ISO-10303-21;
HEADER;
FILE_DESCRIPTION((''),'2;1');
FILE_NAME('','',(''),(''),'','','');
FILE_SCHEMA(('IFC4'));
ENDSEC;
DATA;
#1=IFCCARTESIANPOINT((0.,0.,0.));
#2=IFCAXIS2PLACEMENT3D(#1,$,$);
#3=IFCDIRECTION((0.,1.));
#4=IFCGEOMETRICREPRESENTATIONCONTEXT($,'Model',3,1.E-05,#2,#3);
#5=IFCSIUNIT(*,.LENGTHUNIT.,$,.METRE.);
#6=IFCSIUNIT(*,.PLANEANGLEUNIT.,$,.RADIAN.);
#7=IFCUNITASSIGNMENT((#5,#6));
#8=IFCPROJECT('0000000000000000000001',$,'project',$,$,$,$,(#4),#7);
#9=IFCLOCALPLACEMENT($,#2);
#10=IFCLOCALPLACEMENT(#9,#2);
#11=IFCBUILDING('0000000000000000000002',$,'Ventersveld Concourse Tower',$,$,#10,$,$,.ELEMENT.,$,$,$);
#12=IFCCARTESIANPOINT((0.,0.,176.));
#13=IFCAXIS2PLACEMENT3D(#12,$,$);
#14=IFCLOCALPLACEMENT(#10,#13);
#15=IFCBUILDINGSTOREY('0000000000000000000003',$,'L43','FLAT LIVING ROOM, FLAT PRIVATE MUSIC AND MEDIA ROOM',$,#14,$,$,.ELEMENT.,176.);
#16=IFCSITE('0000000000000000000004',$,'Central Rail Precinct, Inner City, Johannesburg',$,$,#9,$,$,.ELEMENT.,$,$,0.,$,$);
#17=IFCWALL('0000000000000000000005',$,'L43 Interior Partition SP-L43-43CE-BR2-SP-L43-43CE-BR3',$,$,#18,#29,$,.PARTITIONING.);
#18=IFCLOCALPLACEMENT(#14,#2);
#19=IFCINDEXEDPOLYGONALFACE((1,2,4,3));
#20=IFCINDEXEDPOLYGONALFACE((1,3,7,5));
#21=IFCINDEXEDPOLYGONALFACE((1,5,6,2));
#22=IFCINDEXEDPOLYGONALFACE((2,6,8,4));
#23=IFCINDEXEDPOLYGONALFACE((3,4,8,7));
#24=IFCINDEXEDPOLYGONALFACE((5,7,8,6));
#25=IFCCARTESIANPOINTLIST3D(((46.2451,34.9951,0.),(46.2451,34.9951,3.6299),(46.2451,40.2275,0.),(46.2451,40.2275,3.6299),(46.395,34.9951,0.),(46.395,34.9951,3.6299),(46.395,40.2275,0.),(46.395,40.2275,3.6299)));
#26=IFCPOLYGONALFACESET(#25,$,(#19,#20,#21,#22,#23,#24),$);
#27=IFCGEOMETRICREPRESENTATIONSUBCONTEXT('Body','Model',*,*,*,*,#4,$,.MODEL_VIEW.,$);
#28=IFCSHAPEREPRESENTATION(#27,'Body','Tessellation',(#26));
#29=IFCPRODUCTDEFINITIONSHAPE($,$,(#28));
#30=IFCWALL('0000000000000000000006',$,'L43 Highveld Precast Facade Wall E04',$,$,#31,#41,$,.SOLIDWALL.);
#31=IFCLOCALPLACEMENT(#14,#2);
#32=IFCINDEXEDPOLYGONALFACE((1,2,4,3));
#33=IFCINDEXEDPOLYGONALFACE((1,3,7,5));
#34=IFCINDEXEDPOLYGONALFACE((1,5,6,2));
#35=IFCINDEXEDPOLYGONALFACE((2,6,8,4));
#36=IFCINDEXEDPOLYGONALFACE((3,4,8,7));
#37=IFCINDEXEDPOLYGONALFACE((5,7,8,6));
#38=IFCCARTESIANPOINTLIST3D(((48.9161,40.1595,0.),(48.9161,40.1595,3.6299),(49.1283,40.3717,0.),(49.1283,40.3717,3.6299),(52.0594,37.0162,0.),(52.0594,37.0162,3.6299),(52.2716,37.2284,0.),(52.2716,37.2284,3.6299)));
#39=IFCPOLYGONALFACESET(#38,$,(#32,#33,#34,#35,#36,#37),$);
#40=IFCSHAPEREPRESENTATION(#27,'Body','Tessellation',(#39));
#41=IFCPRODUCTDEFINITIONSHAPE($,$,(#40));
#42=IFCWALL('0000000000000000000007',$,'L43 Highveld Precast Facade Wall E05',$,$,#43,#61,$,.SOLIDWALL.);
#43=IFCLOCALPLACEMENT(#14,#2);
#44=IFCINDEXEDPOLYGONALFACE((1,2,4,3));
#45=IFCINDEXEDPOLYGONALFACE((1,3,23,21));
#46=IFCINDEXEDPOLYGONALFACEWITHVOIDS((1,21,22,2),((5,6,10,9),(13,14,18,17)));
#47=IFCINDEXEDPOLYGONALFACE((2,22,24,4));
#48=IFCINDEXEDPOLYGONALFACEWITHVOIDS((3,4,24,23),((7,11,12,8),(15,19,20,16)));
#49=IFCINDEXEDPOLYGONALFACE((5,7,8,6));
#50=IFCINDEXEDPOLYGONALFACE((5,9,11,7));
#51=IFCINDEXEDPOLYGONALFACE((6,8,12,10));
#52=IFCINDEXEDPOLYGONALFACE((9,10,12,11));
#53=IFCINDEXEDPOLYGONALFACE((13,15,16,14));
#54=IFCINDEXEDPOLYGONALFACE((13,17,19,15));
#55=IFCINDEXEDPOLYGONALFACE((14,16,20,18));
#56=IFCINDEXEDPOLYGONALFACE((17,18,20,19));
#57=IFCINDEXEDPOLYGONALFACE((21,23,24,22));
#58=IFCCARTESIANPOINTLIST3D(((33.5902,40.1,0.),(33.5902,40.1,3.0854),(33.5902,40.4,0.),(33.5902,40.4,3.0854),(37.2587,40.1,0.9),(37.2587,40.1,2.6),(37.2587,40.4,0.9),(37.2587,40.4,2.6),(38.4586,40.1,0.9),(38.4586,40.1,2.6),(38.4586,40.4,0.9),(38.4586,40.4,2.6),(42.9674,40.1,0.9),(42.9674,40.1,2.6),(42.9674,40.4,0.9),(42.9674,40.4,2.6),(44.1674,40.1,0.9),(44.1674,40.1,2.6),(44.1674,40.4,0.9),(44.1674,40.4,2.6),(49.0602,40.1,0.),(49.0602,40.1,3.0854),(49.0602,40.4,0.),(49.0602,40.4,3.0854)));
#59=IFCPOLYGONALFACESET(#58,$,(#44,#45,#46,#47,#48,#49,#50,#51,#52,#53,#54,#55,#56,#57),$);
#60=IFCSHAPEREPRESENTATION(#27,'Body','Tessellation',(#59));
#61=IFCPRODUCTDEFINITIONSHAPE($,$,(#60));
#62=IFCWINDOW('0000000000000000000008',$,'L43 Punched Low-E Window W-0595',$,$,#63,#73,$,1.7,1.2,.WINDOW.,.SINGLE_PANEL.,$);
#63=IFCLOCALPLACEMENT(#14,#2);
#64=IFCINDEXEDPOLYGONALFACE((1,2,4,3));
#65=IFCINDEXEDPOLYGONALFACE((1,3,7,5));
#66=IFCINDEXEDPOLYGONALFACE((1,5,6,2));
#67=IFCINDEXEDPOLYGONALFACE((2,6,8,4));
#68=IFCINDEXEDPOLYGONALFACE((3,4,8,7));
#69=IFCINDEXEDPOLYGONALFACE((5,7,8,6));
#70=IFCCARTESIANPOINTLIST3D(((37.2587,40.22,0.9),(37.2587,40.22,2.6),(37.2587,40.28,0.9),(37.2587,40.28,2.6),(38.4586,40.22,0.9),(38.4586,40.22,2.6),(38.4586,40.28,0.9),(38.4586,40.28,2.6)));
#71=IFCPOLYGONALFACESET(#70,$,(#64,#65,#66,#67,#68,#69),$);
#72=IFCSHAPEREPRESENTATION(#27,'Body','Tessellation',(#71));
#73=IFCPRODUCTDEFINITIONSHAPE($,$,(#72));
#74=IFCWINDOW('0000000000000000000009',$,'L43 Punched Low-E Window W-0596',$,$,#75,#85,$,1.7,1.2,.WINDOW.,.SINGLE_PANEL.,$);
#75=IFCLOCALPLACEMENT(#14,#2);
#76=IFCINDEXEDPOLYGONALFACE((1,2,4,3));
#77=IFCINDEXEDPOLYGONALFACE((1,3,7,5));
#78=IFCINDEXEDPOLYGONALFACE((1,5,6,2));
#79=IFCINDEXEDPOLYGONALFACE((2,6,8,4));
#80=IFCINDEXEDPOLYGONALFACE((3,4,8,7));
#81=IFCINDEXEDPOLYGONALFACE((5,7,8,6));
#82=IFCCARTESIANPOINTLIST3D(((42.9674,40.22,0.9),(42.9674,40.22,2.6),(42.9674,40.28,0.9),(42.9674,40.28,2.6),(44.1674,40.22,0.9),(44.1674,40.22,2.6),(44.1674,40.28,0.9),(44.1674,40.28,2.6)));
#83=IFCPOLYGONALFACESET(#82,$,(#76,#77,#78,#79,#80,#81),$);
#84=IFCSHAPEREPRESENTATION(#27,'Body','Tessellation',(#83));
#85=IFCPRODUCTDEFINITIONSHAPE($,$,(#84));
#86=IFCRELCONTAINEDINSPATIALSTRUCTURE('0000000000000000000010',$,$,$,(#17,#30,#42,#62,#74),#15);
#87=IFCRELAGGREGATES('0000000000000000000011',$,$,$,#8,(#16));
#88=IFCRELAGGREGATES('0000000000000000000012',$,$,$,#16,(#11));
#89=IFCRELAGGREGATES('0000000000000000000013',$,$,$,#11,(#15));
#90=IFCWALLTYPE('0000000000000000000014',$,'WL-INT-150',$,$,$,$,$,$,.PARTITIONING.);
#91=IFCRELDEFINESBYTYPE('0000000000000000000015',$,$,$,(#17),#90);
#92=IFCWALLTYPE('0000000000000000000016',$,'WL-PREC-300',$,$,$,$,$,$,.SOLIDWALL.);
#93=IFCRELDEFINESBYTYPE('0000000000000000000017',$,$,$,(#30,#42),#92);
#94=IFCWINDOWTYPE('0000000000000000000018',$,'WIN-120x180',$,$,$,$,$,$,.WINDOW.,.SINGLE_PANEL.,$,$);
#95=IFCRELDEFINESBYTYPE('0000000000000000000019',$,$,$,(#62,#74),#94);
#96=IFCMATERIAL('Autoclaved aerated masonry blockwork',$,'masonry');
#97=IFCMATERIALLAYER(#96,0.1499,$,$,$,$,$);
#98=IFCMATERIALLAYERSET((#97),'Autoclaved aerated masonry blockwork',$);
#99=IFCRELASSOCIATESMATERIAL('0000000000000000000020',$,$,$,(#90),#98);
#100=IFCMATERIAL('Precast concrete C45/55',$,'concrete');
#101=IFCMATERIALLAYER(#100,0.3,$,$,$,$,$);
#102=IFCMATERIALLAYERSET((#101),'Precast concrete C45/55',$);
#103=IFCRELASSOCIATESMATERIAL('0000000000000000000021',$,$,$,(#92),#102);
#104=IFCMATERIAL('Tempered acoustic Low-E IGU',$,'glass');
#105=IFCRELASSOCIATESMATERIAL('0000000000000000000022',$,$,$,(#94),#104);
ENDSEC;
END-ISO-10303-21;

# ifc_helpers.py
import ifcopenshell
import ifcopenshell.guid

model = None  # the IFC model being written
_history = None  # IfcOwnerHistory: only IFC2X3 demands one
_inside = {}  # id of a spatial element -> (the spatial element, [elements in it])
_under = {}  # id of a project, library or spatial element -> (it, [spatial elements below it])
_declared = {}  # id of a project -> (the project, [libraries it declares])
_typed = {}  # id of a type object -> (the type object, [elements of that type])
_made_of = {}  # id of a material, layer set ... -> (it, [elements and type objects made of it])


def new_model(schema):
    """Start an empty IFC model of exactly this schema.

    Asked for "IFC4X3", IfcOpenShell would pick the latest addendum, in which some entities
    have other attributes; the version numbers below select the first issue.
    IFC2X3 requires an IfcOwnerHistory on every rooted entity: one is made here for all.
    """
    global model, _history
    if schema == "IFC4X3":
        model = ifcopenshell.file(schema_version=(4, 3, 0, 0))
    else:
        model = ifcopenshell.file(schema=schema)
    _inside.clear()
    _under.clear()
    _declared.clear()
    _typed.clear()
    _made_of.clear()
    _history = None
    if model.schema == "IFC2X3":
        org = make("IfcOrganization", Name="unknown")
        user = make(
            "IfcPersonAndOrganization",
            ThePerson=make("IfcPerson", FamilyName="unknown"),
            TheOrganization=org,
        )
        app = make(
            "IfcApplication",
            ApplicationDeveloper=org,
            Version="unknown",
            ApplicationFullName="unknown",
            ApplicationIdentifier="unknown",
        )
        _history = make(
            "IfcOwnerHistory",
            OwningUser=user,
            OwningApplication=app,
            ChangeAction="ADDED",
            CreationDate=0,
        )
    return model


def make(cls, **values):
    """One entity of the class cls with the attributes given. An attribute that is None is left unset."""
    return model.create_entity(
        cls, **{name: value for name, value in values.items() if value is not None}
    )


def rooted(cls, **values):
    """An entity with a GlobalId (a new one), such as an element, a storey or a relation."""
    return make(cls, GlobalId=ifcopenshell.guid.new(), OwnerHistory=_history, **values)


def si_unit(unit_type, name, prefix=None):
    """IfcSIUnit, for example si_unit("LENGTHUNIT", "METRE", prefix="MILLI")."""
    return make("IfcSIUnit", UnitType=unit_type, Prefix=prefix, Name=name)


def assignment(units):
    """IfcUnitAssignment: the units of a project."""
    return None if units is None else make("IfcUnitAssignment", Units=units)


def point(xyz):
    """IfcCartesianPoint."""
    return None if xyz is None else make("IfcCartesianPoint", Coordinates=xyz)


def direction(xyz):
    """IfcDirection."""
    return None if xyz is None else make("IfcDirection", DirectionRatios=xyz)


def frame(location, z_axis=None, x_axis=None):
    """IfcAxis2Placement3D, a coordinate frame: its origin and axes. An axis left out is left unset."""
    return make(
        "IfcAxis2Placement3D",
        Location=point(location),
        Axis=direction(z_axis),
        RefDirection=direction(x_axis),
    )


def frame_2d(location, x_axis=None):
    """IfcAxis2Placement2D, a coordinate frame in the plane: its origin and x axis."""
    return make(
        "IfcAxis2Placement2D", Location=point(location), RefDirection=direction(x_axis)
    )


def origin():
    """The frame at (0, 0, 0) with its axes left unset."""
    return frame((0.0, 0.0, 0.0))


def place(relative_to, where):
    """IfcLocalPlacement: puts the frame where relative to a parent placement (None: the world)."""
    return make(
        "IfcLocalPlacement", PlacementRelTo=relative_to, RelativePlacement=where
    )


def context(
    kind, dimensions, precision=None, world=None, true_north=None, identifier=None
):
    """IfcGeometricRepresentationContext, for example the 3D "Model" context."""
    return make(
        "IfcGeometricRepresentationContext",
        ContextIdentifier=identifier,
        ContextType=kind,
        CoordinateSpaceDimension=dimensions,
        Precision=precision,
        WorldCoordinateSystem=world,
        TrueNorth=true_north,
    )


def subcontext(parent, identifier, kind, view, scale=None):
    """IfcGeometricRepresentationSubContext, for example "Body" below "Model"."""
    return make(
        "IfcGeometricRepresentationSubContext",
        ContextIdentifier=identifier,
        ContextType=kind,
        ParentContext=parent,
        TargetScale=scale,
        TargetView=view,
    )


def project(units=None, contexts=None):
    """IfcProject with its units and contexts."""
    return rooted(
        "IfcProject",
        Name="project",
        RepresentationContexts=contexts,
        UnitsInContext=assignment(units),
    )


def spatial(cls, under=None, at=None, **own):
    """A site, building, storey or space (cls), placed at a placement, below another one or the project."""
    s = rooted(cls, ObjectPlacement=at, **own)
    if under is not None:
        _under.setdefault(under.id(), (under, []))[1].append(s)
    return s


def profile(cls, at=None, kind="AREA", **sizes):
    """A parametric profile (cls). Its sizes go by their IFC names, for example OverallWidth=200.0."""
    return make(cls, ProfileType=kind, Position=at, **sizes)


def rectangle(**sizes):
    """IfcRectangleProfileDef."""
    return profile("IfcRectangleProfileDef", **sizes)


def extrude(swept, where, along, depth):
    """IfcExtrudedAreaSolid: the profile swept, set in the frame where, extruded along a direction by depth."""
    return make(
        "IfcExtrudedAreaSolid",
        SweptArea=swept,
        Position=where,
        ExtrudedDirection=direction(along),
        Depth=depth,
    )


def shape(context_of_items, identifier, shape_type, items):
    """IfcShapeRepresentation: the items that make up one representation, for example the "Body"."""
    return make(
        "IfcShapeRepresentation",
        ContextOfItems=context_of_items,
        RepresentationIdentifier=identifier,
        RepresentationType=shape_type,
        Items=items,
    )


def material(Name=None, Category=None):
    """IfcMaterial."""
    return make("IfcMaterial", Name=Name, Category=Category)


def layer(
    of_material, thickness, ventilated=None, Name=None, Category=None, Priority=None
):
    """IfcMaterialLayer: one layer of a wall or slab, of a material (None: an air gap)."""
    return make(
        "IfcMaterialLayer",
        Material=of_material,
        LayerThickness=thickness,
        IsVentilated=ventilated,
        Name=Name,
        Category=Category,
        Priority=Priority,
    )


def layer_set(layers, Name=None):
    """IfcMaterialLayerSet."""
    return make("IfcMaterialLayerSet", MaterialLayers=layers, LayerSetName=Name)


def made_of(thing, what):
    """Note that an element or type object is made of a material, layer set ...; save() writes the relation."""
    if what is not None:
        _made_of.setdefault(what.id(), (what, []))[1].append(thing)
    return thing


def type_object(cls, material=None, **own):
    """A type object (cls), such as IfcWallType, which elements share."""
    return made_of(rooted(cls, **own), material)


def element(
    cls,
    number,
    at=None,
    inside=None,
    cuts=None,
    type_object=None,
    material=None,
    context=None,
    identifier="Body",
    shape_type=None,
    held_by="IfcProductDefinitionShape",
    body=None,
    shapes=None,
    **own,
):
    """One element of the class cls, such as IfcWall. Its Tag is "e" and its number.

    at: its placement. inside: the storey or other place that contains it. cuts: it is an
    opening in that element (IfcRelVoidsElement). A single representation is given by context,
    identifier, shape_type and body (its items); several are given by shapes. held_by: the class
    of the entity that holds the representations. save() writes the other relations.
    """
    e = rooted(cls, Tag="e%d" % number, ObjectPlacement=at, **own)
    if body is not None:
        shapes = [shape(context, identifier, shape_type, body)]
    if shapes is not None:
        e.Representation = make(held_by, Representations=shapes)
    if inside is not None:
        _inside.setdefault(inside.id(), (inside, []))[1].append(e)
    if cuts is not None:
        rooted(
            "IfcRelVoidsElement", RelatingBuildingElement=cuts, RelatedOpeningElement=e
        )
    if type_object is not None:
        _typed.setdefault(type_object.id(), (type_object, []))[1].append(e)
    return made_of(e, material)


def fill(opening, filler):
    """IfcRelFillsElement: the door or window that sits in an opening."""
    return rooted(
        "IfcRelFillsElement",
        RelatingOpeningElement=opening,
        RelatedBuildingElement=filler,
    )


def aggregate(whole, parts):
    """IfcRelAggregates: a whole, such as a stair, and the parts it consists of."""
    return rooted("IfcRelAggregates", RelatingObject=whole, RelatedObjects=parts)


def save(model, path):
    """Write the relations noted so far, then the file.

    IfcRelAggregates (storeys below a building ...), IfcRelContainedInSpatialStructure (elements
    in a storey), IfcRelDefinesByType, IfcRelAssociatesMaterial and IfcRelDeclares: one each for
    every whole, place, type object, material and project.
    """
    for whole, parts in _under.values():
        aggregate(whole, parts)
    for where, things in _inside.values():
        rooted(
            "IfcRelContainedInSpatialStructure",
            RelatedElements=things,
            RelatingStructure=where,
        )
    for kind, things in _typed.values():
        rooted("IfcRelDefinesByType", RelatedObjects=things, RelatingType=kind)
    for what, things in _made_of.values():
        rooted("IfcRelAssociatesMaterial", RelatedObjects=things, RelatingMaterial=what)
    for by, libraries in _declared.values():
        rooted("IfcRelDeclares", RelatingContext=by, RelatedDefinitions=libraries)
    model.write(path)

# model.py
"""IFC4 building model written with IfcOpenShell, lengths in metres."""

from ifc_helpers import new_model, si_unit, direction, frame, frame_2d, origin, place, context, subcontext, project, spatial, rectangle, extrude, material, layer, layer_set, type_object, element, fill, save


model = new_model("IFC4")

# Units and contexts
model_context = context("Model", 3, precision=1e-05, world=origin(), true_north=direction((0.0, 1.0)))
body_context = subcontext(model_context, "Body", "Model", "MODEL_VIEW")
ifc_project = project(units=[si_unit("LENGTHUNIT", "METRE"), si_unit("PLANEANGLEUNIT", "RADIAN")], contexts=[model_context])

# Site, building, storey
site_placement = place(None, origin())
site = spatial("IfcSite", under=ifc_project, at=site_placement, Name="Central Rail Precinct, Inner City, Johannesburg", CompositionType="ELEMENT", RefElevation=0.0)
building_placement = place(site_placement, origin())
building = spatial("IfcBuilding", under=site, at=building_placement, Name="Ventersveld Concourse Tower", CompositionType="ELEMENT")
storey_placement = place(building_placement, frame((0.0, 0.0, 176.0)))
storey = spatial("IfcBuildingStorey", under=building, at=storey_placement, Name="L43", Description="FLAT LIVING ROOM, FLAT PRIVATE MUSIC AND MEDIA ROOM", CompositionType="ELEMENT", Elevation=176.0)

# Shared definitions
ifc_material_1 = material(Name="Autoclaved aerated masonry blockwork", Category="masonry")
ifc_layer_1 = layer(ifc_material_1, 0.1499)
ifc_layer_set_1 = layer_set([ifc_layer_1], Name="Autoclaved aerated masonry blockwork")
wall_type_1 = type_object("IfcWallType", Name="WL-INT-150", PredefinedType="PARTITIONING", material=ifc_layer_set_1)

# Walls
for number, where, z_axis, x_axis, name in (
    (1, (46.3201, 34.9951, 0.0), (0.0, 0.0, 1.0), (0.0, 1.0, 0.0), "L43 Interior Partition SP-L43-43CE-BR2-SP-L43-43CE-BR3"),
):
    element("IfcWall", number, at=place(storey_placement, frame(where, z_axis=z_axis, x_axis=x_axis)), inside=storey, type_object=wall_type_1, Name=name, PredefinedType="PARTITIONING", context=body_context, shape_type="SweptSolid", body=[
        extrude(rectangle(XDim=5.2324, YDim=0.1499, at=frame_2d((2.6162, 0.0))), origin(), (0.0, 0.0, 1.0), 3.6299),
    ])
ifc_material_2 = material(Name="Precast concrete C45/55", Category="concrete")
ifc_layer_2 = layer(ifc_material_2, 0.3)
ifc_layer_set_2 = layer_set([ifc_layer_2], Name="Precast concrete C45/55")
wall_type_2 = type_object("IfcWallType", Name="WL-PREC-300", PredefinedType="SOLIDWALL", material=ifc_layer_set_2)
wall_1_placement = place(storey_placement, frame((52.1655, 37.1223, 0.0), z_axis=(0.0, 0.0, 1.0), x_axis=(-0.707107, 0.707107, 0.0)))
element("IfcWall", 2, at=wall_1_placement, inside=storey, type_object=wall_type_2, Name="L43 Highveld Precast Facade Wall E04", PredefinedType="SOLIDWALL", context=body_context, shape_type="SweptSolid", body=[
    extrude(rectangle(XDim=4.4453, YDim=0.3, at=frame_2d((2.2227, 0.0))), origin(), (0.0, 0.0, 1.0), 3.6299),
])

# Wall, openings, windows
wall_2_placement = place(storey_placement, frame((49.0601, 40.25, 0.0), z_axis=(0.0, 0.0, 1.0), x_axis=(-1.0, 0.0, 0.0)))
wall_2 = element("IfcWall", 3, at=wall_2_placement, inside=storey, type_object=wall_type_2, Name="L43 Highveld Precast Facade Wall E05", PredefinedType="SOLIDWALL", context=body_context, shape_type="SweptSolid", body=[
    extrude(rectangle(XDim=15.47, YDim=0.3, at=frame_2d((7.7349, 0.0))), origin(), (0.0, 0.0, 1.0), 3.0854),
])
opening_1_placement = place(wall_2_placement, frame((10.6013, 0.0, 0.8999)))
opening_1 = element("IfcOpeningElement", 4, at=opening_1_placement, cuts=wall_2, PredefinedType="OPENING", context=body_context, shape_type="SweptSolid", body=[
    extrude(rectangle(XDim=1.2, YDim=1.7, at=frame_2d((0.6001, 0.8501))), frame((0.0, 0.1602, 0.0), z_axis=(0.0, -1.0, 0.0), x_axis=(1.0, 0.0, 0.0)), (0.0, 0.0, 1.0), 0.3201),
])
opening_2_placement = place(wall_2_placement, frame((4.8926, 0.0, 0.8999)))
opening_2 = element("IfcOpeningElement", 5, at=opening_2_placement, cuts=wall_2, PredefinedType="OPENING", context=body_context, shape_type="SweptSolid", body=[
    extrude(rectangle(XDim=1.2, YDim=1.7, at=frame_2d((0.6001, 0.8501))), frame((0.0, 0.1602, 0.0), z_axis=(0.0, -1.0, 0.0), x_axis=(1.0, 0.0, 0.0)), (0.0, 0.0, 1.0), 0.3201),
])
ifc_material_3 = material(Name="Tempered acoustic Low-E IGU", Category="glass")
window_type = type_object("IfcWindowType", Name="WIN-120x180", PartitioningType="SINGLE_PANEL", PredefinedType="WINDOW", material=ifc_material_3)
window_1_placement = place(opening_1_placement, origin())
window_1 = element("IfcWindow", 6, at=window_1_placement, inside=storey, type_object=window_type, Name="L43 Punched Low-E Window W-0595", OverallHeight=1.7, OverallWidth=1.2, PartitioningType="SINGLE_PANEL", PredefinedType="WINDOW", context=body_context, shape_type="SweptSolid", body=[
    extrude(rectangle(XDim=1.2, YDim=1.7, at=frame_2d((0.6001, 0.8501))), frame((0.0, 0.03, 0.0), z_axis=(0.0, -1.0, 0.0), x_axis=(1.0, 0.0, 0.0)), (0.0, 0.0, 1.0), 0.0601),
])
fill(opening_1, window_1)
window_2_placement = place(opening_2_placement, origin())
window_2 = element("IfcWindow", 7, at=window_2_placement, inside=storey, type_object=window_type, Name="L43 Punched Low-E Window W-0596", OverallHeight=1.7, OverallWidth=1.2, PartitioningType="SINGLE_PANEL", PredefinedType="WINDOW", context=body_context, shape_type="SweptSolid", body=[
    extrude(rectangle(XDim=1.2, YDim=1.7, at=frame_2d((0.6001, 0.8501))), frame((0.0, 0.03, 0.0), z_axis=(0.0, -1.0, 0.0), x_axis=(1.0, 0.0, 0.0)), (0.0, 0.0, 1.0), 0.0601),
])
fill(opening_2, window_2)

save(model, "model.ifc")
